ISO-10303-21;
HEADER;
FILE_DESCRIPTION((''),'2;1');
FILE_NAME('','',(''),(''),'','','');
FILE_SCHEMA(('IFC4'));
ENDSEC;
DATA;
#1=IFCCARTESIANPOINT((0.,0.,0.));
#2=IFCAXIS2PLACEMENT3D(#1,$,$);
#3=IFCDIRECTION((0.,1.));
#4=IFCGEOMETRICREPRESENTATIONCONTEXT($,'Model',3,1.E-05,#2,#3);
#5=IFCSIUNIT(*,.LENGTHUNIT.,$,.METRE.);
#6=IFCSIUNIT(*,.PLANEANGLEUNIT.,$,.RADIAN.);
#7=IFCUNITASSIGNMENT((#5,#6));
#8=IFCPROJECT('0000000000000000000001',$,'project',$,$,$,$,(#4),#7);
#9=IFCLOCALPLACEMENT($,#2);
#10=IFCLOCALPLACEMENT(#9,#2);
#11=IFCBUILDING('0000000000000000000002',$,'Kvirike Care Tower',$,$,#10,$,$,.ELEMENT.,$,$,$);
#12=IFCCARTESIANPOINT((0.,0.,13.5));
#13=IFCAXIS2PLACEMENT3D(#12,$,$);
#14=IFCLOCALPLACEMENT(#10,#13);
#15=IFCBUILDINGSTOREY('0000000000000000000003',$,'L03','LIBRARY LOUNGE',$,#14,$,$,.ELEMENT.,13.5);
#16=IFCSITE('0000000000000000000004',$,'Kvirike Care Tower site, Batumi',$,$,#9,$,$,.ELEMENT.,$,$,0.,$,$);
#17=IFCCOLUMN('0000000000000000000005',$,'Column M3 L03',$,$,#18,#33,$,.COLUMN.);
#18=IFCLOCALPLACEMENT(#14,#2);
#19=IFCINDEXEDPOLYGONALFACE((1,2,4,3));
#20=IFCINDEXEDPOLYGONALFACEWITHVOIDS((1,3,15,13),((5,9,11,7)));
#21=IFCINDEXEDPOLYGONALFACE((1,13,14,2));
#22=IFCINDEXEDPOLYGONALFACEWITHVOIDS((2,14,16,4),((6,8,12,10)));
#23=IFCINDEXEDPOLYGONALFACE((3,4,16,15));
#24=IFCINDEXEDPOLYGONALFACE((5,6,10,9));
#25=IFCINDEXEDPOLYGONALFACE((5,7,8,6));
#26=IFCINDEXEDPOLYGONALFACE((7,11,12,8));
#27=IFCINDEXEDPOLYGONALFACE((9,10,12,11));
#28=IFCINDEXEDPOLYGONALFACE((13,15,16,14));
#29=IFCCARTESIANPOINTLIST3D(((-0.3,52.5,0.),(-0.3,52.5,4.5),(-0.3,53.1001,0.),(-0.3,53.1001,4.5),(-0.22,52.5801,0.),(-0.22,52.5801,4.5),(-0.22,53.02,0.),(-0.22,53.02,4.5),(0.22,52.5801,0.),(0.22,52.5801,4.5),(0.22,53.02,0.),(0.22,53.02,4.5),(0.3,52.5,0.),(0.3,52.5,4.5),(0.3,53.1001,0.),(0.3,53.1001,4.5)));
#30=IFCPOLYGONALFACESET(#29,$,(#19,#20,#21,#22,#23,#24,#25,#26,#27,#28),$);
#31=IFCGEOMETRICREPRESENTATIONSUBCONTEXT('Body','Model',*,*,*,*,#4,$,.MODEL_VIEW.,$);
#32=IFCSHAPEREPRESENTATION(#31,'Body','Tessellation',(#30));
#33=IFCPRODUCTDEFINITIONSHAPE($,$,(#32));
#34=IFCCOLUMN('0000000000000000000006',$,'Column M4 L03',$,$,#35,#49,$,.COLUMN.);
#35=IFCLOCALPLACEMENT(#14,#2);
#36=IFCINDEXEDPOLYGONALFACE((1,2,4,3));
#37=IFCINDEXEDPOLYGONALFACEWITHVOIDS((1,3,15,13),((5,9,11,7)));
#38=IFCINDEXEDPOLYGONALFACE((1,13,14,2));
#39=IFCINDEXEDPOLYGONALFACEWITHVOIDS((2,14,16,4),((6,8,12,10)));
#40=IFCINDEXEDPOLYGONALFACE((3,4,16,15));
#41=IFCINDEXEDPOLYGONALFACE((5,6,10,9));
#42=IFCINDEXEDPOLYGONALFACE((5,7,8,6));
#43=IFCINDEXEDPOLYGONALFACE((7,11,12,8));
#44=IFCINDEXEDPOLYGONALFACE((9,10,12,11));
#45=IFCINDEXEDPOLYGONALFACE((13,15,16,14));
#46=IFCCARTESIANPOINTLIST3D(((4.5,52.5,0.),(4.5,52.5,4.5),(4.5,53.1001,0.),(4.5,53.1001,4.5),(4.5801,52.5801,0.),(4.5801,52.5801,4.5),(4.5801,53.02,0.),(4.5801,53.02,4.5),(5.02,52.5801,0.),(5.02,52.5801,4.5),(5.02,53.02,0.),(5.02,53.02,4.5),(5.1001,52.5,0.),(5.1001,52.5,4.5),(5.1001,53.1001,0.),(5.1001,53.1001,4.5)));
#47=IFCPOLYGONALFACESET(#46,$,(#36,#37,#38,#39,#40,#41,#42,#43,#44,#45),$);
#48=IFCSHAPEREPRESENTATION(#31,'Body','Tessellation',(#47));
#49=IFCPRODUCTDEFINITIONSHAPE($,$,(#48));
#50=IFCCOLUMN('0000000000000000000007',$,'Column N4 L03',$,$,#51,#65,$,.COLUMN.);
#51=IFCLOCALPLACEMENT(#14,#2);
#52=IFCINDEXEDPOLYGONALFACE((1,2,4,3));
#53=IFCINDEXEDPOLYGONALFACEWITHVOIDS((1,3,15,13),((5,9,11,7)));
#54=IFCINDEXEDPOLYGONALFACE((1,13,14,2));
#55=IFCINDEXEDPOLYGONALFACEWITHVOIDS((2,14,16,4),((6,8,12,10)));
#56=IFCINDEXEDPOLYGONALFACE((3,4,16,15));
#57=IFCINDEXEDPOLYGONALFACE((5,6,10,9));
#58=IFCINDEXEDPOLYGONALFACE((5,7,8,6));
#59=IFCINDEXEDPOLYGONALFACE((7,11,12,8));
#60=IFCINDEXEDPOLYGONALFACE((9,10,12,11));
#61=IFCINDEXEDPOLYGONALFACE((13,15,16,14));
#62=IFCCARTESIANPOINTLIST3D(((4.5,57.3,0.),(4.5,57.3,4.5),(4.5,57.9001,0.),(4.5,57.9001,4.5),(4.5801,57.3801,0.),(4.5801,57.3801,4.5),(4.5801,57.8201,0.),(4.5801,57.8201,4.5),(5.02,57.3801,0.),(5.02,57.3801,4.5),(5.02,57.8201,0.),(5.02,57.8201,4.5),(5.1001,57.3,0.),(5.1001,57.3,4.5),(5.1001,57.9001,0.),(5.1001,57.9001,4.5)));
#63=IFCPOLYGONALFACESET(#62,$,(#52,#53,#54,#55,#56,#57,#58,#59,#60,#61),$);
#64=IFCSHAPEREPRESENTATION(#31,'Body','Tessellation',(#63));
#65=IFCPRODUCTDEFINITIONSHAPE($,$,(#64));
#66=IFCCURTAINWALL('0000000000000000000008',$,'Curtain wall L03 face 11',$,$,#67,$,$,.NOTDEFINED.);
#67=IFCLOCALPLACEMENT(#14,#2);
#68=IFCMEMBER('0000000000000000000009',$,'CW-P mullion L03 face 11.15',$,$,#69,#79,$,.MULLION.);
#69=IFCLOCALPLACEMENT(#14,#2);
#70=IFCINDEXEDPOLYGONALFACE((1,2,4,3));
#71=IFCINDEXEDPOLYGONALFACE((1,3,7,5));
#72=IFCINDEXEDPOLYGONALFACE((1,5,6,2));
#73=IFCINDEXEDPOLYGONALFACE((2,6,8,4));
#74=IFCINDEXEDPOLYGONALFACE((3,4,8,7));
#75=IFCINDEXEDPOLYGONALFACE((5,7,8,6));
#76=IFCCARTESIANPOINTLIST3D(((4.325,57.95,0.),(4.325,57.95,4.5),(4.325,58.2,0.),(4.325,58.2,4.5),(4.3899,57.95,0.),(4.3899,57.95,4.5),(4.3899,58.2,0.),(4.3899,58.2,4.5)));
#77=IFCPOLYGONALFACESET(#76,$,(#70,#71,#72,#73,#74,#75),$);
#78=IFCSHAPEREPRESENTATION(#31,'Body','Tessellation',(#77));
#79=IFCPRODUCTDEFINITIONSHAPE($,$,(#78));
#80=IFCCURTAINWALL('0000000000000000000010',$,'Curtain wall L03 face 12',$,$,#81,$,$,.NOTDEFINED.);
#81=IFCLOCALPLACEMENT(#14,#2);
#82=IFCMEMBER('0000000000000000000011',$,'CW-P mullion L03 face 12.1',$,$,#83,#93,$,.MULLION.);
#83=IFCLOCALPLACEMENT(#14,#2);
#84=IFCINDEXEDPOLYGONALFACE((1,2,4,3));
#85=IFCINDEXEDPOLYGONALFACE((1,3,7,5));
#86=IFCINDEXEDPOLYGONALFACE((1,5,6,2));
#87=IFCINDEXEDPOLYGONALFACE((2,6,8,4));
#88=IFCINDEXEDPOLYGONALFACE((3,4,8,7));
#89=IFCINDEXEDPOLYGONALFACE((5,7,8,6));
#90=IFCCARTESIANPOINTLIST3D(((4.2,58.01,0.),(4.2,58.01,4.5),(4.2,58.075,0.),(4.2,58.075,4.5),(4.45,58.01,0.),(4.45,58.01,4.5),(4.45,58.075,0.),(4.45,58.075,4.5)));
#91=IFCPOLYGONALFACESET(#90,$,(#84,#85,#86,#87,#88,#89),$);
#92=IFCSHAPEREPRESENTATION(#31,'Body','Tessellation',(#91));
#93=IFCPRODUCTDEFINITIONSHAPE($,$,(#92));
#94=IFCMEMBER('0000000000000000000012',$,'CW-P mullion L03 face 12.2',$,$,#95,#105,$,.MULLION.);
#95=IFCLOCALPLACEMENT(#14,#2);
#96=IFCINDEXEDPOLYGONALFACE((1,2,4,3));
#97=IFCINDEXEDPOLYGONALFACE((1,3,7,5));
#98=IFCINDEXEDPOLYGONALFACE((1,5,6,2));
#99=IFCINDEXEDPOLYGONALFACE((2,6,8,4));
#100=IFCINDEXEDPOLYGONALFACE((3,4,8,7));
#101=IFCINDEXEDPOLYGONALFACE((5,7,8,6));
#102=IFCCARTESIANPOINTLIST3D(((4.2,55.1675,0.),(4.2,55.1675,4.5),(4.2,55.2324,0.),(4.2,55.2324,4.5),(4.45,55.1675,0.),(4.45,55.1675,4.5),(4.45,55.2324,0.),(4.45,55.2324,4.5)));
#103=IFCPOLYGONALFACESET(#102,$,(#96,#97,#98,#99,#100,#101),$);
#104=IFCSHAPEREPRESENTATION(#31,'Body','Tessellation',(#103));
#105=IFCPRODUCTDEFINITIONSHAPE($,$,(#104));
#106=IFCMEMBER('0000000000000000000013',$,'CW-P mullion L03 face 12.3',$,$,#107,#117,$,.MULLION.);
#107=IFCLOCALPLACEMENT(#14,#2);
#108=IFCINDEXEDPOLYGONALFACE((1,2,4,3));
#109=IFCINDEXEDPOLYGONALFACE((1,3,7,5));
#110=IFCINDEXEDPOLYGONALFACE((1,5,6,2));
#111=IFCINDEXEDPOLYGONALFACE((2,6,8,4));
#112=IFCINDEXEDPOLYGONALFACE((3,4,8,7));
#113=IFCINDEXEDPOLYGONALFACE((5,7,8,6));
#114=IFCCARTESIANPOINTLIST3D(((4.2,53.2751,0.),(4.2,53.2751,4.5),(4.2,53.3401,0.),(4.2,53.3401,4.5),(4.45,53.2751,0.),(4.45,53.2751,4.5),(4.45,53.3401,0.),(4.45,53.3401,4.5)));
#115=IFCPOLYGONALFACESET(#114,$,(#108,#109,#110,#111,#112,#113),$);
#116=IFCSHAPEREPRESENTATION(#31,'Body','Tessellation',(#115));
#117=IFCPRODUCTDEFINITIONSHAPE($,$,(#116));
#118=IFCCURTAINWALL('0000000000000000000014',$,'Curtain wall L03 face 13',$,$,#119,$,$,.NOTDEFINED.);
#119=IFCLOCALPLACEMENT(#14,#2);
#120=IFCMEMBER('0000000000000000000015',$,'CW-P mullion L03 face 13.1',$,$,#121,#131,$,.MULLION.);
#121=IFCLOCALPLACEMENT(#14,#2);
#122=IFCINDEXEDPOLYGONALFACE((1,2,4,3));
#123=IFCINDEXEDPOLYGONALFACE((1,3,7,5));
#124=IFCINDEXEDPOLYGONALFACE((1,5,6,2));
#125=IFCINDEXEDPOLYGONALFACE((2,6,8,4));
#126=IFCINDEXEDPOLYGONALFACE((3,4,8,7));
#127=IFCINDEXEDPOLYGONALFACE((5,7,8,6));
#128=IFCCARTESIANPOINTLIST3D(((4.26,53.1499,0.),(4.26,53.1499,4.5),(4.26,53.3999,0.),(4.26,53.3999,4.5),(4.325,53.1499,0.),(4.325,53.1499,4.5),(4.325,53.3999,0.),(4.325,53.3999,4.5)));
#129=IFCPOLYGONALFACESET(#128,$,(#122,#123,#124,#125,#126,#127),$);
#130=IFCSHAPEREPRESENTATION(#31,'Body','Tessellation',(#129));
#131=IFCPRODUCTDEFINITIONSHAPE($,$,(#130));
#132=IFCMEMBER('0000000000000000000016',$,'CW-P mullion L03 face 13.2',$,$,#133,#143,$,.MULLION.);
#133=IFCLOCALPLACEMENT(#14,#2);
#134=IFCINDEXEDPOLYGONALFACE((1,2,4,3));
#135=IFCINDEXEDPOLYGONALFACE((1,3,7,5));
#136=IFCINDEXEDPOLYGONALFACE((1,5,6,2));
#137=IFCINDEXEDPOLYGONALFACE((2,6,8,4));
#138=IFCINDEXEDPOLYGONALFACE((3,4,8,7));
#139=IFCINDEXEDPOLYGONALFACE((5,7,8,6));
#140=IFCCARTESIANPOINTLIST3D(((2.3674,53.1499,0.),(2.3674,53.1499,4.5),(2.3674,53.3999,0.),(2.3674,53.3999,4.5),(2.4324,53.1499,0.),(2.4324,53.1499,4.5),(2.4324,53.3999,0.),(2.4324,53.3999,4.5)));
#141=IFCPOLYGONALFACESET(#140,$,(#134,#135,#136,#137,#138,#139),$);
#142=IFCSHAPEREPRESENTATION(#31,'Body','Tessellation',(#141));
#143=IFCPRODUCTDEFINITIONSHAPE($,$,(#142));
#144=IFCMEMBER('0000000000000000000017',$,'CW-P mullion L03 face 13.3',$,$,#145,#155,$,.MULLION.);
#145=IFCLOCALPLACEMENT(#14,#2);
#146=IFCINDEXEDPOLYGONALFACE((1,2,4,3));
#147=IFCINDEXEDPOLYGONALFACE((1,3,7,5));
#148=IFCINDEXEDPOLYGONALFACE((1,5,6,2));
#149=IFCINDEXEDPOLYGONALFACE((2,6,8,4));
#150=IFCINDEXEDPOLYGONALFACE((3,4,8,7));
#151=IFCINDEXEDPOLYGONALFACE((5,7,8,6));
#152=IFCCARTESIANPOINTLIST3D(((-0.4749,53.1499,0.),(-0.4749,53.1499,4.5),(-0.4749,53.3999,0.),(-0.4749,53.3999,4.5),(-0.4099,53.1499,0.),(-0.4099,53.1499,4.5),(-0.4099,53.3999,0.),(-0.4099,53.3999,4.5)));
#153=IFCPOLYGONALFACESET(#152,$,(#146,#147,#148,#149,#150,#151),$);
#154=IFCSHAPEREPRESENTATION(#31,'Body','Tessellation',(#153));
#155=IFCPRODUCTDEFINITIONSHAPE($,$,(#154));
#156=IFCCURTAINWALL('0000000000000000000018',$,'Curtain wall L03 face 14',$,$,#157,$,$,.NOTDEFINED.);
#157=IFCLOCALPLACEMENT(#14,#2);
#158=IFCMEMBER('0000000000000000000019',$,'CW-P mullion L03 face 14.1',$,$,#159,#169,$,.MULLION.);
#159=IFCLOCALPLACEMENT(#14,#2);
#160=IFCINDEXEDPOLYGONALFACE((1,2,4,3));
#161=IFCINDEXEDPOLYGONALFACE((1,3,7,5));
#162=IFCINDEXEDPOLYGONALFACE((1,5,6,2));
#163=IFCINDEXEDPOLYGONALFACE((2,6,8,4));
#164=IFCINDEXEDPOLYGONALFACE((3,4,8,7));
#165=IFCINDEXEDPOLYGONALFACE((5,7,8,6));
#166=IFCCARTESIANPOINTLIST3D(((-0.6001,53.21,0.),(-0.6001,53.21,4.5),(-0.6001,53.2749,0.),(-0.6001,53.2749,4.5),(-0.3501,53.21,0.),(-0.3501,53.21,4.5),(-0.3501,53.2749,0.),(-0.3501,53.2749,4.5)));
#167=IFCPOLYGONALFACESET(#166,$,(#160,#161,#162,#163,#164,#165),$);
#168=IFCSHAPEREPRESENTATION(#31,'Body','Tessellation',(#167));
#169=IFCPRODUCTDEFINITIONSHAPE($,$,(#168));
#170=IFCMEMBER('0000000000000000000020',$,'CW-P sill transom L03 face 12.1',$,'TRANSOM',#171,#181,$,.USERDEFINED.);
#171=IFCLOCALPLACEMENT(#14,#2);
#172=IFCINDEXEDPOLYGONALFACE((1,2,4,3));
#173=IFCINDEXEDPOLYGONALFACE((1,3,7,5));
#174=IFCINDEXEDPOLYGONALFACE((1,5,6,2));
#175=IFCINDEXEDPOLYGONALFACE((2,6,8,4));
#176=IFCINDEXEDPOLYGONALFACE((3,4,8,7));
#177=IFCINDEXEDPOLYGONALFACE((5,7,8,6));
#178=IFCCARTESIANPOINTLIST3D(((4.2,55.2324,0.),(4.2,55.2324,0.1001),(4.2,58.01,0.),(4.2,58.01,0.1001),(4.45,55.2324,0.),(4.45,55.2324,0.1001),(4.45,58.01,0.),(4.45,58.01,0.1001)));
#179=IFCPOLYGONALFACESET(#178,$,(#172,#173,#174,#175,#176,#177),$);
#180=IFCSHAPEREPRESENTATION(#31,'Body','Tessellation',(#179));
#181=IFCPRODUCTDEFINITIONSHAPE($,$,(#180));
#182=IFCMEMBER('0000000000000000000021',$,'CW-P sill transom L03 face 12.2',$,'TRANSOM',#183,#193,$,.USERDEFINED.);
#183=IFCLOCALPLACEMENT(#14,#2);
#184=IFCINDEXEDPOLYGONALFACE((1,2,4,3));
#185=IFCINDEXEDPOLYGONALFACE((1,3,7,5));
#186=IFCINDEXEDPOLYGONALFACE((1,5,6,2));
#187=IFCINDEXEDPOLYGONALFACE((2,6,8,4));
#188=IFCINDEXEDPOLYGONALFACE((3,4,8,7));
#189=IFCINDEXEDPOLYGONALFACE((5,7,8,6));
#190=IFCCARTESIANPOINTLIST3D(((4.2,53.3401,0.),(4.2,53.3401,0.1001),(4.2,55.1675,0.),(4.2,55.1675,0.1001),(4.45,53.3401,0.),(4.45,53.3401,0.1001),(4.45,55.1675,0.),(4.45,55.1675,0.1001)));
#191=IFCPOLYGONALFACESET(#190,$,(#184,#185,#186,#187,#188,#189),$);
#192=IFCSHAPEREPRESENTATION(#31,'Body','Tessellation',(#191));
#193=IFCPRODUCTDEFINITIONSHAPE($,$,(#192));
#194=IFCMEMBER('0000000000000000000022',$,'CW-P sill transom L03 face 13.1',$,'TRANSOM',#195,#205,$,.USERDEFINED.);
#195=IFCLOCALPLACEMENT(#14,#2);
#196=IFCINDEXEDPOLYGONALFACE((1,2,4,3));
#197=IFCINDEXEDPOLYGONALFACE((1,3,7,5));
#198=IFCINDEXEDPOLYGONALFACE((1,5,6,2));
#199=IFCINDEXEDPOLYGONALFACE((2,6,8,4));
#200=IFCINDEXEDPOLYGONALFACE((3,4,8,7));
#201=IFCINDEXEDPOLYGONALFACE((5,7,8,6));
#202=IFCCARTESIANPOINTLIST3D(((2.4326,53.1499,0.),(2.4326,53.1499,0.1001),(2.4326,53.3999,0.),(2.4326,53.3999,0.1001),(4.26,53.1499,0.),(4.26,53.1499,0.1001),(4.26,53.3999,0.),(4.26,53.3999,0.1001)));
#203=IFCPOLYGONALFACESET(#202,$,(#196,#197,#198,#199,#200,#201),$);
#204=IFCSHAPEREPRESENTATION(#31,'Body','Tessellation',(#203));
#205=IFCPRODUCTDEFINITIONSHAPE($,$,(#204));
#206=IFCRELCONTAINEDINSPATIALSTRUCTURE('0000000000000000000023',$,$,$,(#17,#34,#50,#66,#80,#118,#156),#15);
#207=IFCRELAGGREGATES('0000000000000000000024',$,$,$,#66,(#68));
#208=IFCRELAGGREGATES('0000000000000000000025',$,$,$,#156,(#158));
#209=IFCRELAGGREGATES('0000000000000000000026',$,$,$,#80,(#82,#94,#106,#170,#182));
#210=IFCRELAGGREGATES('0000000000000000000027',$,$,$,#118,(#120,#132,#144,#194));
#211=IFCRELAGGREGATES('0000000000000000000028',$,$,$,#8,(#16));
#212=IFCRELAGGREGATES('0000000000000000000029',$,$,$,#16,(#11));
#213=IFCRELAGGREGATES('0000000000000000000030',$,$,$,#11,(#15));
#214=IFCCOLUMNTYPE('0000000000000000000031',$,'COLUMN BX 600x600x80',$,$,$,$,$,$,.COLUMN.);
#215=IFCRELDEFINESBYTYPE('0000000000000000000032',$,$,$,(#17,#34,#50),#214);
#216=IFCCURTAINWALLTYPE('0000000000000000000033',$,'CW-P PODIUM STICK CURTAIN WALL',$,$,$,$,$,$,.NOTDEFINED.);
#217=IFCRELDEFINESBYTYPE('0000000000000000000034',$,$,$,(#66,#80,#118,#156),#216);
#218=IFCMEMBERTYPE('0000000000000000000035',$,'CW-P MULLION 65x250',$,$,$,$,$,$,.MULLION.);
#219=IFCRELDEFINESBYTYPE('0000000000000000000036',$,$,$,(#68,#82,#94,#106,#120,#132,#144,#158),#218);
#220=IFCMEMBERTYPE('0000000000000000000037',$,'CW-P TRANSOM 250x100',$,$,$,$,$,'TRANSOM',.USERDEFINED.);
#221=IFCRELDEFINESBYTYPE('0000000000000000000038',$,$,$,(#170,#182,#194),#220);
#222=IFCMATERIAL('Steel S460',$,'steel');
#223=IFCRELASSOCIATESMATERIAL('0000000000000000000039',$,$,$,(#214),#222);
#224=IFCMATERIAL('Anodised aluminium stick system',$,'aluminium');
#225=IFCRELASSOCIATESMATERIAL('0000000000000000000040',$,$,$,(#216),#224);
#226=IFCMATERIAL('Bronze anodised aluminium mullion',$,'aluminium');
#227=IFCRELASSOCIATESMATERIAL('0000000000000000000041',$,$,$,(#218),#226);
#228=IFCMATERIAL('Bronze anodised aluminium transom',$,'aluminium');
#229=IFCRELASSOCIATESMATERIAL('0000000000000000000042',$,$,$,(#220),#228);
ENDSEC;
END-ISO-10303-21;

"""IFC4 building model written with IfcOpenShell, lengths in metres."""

from ifc_helpers import new_model, si_unit, direction, frame, origin, origin_2d, place, context, subcontext, project, spatial, rectangle, hollow_rectangle, extrude, material, material_profile, profile_set, type_object, element, aggregate, save


model = new_model("IFC4")

# Units and contexts
model_context = context("Model", 3, precision=1e-05, world=origin(), true_north=direction((0.0, 1.0)))
body_context = subcontext(model_context, "Body", "Model", "MODEL_VIEW")
ifc_project = project(units=[si_unit("LENGTHUNIT", "METRE"), si_unit("PLANEANGLEUNIT", "RADIAN")], contexts=[model_context])

# Site, building, storey
site_placement = place(None, origin())
site = spatial("IfcSite", under=ifc_project, at=site_placement, Name="Kvirike Care Tower site, Batumi", CompositionType="ELEMENT", RefElevation=0.0)
building_placement = place(site_placement, origin())
building = spatial("IfcBuilding", under=site, at=building_placement, Name="Kvirike Care Tower", CompositionType="ELEMENT")
storey_placement = place(building_placement, frame((0.0, 0.0, 13.5)))
storey = spatial("IfcBuildingStorey", under=building, at=storey_placement, Name="L03", Description="LIBRARY LOUNGE", CompositionType="ELEMENT", Elevation=13.5)

# Columns
ifc_material_1 = material(Name="Steel S460", Category="steel")
ifc_material_profile_1 = material_profile(ifc_material_1, hollow_rectangle(XDim=0.6001, YDim=0.6001, WallThickness=0.0801, at=origin_2d()), Name="BX 600x600x80")
ifc_profile_set_1 = profile_set([ifc_material_profile_1], Name="Steel S460")
column_type = type_object("IfcColumnType", Name="COLUMN BX 600x600x80", PredefinedType="COLUMN", material=ifc_profile_set_1)
for number, where, z_axis, x_axis, name in (
    (1, (0.0, 52.8, 0.0), (0.0, 0.0, 1.0), (0.0, 1.0, 0.0), "Column M3 L03"),
    (2, (4.8, 52.8, 0.0), (0.0, 0.0, 1.0), (0.0, 1.0, 0.0), "Column M4 L03"),
    (3, (4.8, 57.6001, 0.0), (0.0, 0.0, 1.0), (0.0, 1.0, 0.0), "Column N4 L03"),
):
    element("IfcColumn", number, at=place(storey_placement, frame(where, z_axis=z_axis, x_axis=x_axis)), inside=storey, type_object=column_type, Name=name, PredefinedType="COLUMN", context=body_context, shape_type="SweptSolid", body=[
        extrude(hollow_rectangle(XDim=0.6001, YDim=0.6001, WallThickness=0.0801, at=origin_2d()), origin(), (0.0, 0.0, 1.0), 4.5),
    ])

# Curtain wall, member
ifc_material_2 = material(Name="Anodised aluminium stick system", Category="aluminium")
curtain_wall_type = type_object("IfcCurtainWallType", Name="CW-P PODIUM STICK CURTAIN WALL", PredefinedType="NOTDEFINED", material=ifc_material_2)
curtain_wall_1_placement = place(storey_placement, origin())
curtain_wall_1 = element("IfcCurtainWall", 4, at=curtain_wall_1_placement, inside=storey, type_object=curtain_wall_type, Name="Curtain wall L03 face 11", PredefinedType="NOTDEFINED")
ifc_material_3 = material(Name="Bronze anodised aluminium mullion", Category="aluminium")
ifc_material_profile_2 = material_profile(ifc_material_3, rectangle(XDim=0.0649, YDim=0.25, at=origin_2d()), Name="CW-P MULLION 65x250")
ifc_profile_set_2 = profile_set([ifc_material_profile_2], Name="Bronze anodised aluminium mullion")
member_type_1 = type_object("IfcMemberType", Name="CW-P MULLION 65x250", PredefinedType="MULLION", material=ifc_profile_set_2)
member_1_placement = place(storey_placement, frame((4.3574, 58.075, 0.0), z_axis=(0.0, 0.0, 1.0), x_axis=(-1.0, 0.0, 0.0)))
member_1 = element("IfcMember", 5, at=member_1_placement, type_object=member_type_1, Name="CW-P mullion L03 face 11.15", PredefinedType="MULLION", context=body_context, shape_type="SweptSolid", body=[
    extrude(rectangle(XDim=0.0649, YDim=0.25, at=origin_2d()), origin(), (0.0, 0.0, 1.0), 4.5),
])
aggregate(curtain_wall_1, [member_1])

# Curtain walls, members
curtain_wall_2_placement = place(storey_placement, origin())
curtain_wall_2 = element("IfcCurtainWall", 6, at=curtain_wall_2_placement, inside=storey, type_object=curtain_wall_type, Name="Curtain wall L03 face 12", PredefinedType="NOTDEFINED")
member_2_placement = place(storey_placement, frame((4.325, 58.0425, 0.0), z_axis=(0.0, 0.0, 1.0), x_axis=(0.0, -1.0, 0.0)))
member_2 = element("IfcMember", 7, at=member_2_placement, type_object=member_type_1, Name="CW-P mullion L03 face 12.1", PredefinedType="MULLION", context=body_context, shape_type="SweptSolid", body=[
    extrude(rectangle(XDim=0.0649, YDim=0.25, at=origin_2d()), origin(), (0.0, 0.0, 1.0), 4.5),
])
member_3_placement = place(storey_placement, frame((4.325, 55.2, 0.0), z_axis=(0.0, 0.0, 1.0), x_axis=(0.0, -1.0, 0.0)))
member_3 = element("IfcMember", 8, at=member_3_placement, type_object=member_type_1, Name="CW-P mullion L03 face 12.2", PredefinedType="MULLION", context=body_context, shape_type="SweptSolid", body=[
    extrude(rectangle(XDim=0.0649, YDim=0.25, at=origin_2d()), origin(), (0.0, 0.0, 1.0), 4.5),
])
member_4_placement = place(storey_placement, frame((4.325, 53.3076, 0.0), z_axis=(0.0, 0.0, 1.0), x_axis=(0.0, -1.0, 0.0)))
member_4 = element("IfcMember", 9, at=member_4_placement, type_object=member_type_1, Name="CW-P mullion L03 face 12.3", PredefinedType="MULLION", context=body_context, shape_type="SweptSolid", body=[
    extrude(rectangle(XDim=0.0649, YDim=0.25, at=origin_2d()), origin(), (0.0, 0.0, 1.0), 4.5),
])
curtain_wall_3_placement = place(storey_placement, origin())
curtain_wall_3 = element("IfcCurtainWall", 10, at=curtain_wall_3_placement, inside=storey, type_object=curtain_wall_type, Name="Curtain wall L03 face 13", PredefinedType="NOTDEFINED")
member_5_placement = place(storey_placement, frame((4.2925, 53.2749, 0.0), z_axis=(0.0, 0.0, 1.0), x_axis=(-1.0, 0.0, 0.0)))
member_5 = element("IfcMember", 11, at=member_5_placement, type_object=member_type_1, Name="CW-P mullion L03 face 13.1", PredefinedType="MULLION", context=body_context, shape_type="SweptSolid", body=[
    extrude(rectangle(XDim=0.0649, YDim=0.25, at=origin_2d()), origin(), (0.0, 0.0, 1.0), 4.5),
])
member_6_placement = place(storey_placement, frame((2.3999, 53.2749, 0.0), z_axis=(0.0, 0.0, 1.0), x_axis=(-1.0, 0.0, 0.0)))
member_6 = element("IfcMember", 12, at=member_6_placement, type_object=member_type_1, Name="CW-P mullion L03 face 13.2", PredefinedType="MULLION", context=body_context, shape_type="SweptSolid", body=[
    extrude(rectangle(XDim=0.0649, YDim=0.25, at=origin_2d()), origin(), (0.0, 0.0, 1.0), 4.5),
])
member_7_placement = place(storey_placement, frame((-0.4424, 53.2749, 0.0), z_axis=(0.0, 0.0, 1.0), x_axis=(-1.0, 0.0, 0.0)))
member_7 = element("IfcMember", 13, at=member_7_placement, type_object=member_type_1, Name="CW-P mullion L03 face 13.3", PredefinedType="MULLION", context=body_context, shape_type="SweptSolid", body=[
    extrude(rectangle(XDim=0.0649, YDim=0.25, at=origin_2d()), origin(), (0.0, 0.0, 1.0), 4.5),
])

# Curtain wall, member
curtain_wall_4_placement = place(storey_placement, origin())
curtain_wall_4 = element("IfcCurtainWall", 14, at=curtain_wall_4_placement, inside=storey, type_object=curtain_wall_type, Name="Curtain wall L03 face 14", PredefinedType="NOTDEFINED")
member_8_placement = place(storey_placement, frame((-0.4751, 53.2424, 0.0), z_axis=(0.0, 0.0, 1.0), x_axis=(0.0, -1.0, 0.0)))
member_8 = element("IfcMember", 15, at=member_8_placement, type_object=member_type_1, Name="CW-P mullion L03 face 14.1", PredefinedType="MULLION", context=body_context, shape_type="SweptSolid", body=[
    extrude(rectangle(XDim=0.0649, YDim=0.25, at=origin_2d()), origin(), (0.0, 0.0, 1.0), 4.5),
])

# Members
ifc_material_4 = material(Name="Bronze anodised aluminium transom", Category="aluminium")
ifc_material_profile_3 = material_profile(ifc_material_4, rectangle(XDim=0.25, YDim=0.1001, at=origin_2d()), Name="CW-P TRANSOM 250x100")
ifc_profile_set_3 = profile_set([ifc_material_profile_3], Name="Bronze anodised aluminium transom")
member_type_2 = type_object("IfcMemberType", Name="CW-P TRANSOM 250x100", ElementType="TRANSOM", PredefinedType="USERDEFINED", material=ifc_profile_set_3)
member_9_placement = place(storey_placement, frame((4.325, 58.01, 0.05), z_axis=(0.0, -1.0, 0.0), x_axis=(1.0, 0.0, 0.0)))
member_9 = element("IfcMember", 16, at=member_9_placement, type_object=member_type_2, Name="CW-P sill transom L03 face 12.1", ObjectType="TRANSOM", PredefinedType="USERDEFINED", context=body_context, shape_type="SweptSolid", body=[
    extrude(rectangle(XDim=0.25, YDim=0.1001, at=origin_2d()), origin(), (0.0, 0.0, 1.0), 2.7776),
])
member_10_placement = place(storey_placement, frame((4.325, 55.1675, 0.05), z_axis=(0.0, -1.0, 0.0), x_axis=(1.0, 0.0, 0.0)))
member_10 = element("IfcMember", 17, at=member_10_placement, type_object=member_type_2, Name="CW-P sill transom L03 face 12.2", ObjectType="TRANSOM", PredefinedType="USERDEFINED", context=body_context, shape_type="SweptSolid", body=[
    extrude(rectangle(XDim=0.25, YDim=0.1001, at=origin_2d()), origin(), (0.0, 0.0, 1.0), 1.8274),
])
member_11_placement = place(storey_placement, frame((4.26, 53.2749, 0.05), z_axis=(-1.0, 0.0, 0.0), x_axis=(0.0, -1.0, 0.0)))
member_11 = element("IfcMember", 18, at=member_11_placement, type_object=member_type_2, Name="CW-P sill transom L03 face 13.1", ObjectType="TRANSOM", PredefinedType="USERDEFINED", context=body_context, shape_type="SweptSolid", body=[
    extrude(rectangle(XDim=0.25, YDim=0.1001, at=origin_2d()), origin(), (0.0, 0.0, 1.0), 1.8274),
])
aggregate(curtain_wall_4, [member_8])

aggregate(curtain_wall_2, [member_2, member_3, member_4, member_9, member_10])
aggregate(curtain_wall_3, [member_5, member_6, member_7, member_11])

save(model, "model.ifc")
